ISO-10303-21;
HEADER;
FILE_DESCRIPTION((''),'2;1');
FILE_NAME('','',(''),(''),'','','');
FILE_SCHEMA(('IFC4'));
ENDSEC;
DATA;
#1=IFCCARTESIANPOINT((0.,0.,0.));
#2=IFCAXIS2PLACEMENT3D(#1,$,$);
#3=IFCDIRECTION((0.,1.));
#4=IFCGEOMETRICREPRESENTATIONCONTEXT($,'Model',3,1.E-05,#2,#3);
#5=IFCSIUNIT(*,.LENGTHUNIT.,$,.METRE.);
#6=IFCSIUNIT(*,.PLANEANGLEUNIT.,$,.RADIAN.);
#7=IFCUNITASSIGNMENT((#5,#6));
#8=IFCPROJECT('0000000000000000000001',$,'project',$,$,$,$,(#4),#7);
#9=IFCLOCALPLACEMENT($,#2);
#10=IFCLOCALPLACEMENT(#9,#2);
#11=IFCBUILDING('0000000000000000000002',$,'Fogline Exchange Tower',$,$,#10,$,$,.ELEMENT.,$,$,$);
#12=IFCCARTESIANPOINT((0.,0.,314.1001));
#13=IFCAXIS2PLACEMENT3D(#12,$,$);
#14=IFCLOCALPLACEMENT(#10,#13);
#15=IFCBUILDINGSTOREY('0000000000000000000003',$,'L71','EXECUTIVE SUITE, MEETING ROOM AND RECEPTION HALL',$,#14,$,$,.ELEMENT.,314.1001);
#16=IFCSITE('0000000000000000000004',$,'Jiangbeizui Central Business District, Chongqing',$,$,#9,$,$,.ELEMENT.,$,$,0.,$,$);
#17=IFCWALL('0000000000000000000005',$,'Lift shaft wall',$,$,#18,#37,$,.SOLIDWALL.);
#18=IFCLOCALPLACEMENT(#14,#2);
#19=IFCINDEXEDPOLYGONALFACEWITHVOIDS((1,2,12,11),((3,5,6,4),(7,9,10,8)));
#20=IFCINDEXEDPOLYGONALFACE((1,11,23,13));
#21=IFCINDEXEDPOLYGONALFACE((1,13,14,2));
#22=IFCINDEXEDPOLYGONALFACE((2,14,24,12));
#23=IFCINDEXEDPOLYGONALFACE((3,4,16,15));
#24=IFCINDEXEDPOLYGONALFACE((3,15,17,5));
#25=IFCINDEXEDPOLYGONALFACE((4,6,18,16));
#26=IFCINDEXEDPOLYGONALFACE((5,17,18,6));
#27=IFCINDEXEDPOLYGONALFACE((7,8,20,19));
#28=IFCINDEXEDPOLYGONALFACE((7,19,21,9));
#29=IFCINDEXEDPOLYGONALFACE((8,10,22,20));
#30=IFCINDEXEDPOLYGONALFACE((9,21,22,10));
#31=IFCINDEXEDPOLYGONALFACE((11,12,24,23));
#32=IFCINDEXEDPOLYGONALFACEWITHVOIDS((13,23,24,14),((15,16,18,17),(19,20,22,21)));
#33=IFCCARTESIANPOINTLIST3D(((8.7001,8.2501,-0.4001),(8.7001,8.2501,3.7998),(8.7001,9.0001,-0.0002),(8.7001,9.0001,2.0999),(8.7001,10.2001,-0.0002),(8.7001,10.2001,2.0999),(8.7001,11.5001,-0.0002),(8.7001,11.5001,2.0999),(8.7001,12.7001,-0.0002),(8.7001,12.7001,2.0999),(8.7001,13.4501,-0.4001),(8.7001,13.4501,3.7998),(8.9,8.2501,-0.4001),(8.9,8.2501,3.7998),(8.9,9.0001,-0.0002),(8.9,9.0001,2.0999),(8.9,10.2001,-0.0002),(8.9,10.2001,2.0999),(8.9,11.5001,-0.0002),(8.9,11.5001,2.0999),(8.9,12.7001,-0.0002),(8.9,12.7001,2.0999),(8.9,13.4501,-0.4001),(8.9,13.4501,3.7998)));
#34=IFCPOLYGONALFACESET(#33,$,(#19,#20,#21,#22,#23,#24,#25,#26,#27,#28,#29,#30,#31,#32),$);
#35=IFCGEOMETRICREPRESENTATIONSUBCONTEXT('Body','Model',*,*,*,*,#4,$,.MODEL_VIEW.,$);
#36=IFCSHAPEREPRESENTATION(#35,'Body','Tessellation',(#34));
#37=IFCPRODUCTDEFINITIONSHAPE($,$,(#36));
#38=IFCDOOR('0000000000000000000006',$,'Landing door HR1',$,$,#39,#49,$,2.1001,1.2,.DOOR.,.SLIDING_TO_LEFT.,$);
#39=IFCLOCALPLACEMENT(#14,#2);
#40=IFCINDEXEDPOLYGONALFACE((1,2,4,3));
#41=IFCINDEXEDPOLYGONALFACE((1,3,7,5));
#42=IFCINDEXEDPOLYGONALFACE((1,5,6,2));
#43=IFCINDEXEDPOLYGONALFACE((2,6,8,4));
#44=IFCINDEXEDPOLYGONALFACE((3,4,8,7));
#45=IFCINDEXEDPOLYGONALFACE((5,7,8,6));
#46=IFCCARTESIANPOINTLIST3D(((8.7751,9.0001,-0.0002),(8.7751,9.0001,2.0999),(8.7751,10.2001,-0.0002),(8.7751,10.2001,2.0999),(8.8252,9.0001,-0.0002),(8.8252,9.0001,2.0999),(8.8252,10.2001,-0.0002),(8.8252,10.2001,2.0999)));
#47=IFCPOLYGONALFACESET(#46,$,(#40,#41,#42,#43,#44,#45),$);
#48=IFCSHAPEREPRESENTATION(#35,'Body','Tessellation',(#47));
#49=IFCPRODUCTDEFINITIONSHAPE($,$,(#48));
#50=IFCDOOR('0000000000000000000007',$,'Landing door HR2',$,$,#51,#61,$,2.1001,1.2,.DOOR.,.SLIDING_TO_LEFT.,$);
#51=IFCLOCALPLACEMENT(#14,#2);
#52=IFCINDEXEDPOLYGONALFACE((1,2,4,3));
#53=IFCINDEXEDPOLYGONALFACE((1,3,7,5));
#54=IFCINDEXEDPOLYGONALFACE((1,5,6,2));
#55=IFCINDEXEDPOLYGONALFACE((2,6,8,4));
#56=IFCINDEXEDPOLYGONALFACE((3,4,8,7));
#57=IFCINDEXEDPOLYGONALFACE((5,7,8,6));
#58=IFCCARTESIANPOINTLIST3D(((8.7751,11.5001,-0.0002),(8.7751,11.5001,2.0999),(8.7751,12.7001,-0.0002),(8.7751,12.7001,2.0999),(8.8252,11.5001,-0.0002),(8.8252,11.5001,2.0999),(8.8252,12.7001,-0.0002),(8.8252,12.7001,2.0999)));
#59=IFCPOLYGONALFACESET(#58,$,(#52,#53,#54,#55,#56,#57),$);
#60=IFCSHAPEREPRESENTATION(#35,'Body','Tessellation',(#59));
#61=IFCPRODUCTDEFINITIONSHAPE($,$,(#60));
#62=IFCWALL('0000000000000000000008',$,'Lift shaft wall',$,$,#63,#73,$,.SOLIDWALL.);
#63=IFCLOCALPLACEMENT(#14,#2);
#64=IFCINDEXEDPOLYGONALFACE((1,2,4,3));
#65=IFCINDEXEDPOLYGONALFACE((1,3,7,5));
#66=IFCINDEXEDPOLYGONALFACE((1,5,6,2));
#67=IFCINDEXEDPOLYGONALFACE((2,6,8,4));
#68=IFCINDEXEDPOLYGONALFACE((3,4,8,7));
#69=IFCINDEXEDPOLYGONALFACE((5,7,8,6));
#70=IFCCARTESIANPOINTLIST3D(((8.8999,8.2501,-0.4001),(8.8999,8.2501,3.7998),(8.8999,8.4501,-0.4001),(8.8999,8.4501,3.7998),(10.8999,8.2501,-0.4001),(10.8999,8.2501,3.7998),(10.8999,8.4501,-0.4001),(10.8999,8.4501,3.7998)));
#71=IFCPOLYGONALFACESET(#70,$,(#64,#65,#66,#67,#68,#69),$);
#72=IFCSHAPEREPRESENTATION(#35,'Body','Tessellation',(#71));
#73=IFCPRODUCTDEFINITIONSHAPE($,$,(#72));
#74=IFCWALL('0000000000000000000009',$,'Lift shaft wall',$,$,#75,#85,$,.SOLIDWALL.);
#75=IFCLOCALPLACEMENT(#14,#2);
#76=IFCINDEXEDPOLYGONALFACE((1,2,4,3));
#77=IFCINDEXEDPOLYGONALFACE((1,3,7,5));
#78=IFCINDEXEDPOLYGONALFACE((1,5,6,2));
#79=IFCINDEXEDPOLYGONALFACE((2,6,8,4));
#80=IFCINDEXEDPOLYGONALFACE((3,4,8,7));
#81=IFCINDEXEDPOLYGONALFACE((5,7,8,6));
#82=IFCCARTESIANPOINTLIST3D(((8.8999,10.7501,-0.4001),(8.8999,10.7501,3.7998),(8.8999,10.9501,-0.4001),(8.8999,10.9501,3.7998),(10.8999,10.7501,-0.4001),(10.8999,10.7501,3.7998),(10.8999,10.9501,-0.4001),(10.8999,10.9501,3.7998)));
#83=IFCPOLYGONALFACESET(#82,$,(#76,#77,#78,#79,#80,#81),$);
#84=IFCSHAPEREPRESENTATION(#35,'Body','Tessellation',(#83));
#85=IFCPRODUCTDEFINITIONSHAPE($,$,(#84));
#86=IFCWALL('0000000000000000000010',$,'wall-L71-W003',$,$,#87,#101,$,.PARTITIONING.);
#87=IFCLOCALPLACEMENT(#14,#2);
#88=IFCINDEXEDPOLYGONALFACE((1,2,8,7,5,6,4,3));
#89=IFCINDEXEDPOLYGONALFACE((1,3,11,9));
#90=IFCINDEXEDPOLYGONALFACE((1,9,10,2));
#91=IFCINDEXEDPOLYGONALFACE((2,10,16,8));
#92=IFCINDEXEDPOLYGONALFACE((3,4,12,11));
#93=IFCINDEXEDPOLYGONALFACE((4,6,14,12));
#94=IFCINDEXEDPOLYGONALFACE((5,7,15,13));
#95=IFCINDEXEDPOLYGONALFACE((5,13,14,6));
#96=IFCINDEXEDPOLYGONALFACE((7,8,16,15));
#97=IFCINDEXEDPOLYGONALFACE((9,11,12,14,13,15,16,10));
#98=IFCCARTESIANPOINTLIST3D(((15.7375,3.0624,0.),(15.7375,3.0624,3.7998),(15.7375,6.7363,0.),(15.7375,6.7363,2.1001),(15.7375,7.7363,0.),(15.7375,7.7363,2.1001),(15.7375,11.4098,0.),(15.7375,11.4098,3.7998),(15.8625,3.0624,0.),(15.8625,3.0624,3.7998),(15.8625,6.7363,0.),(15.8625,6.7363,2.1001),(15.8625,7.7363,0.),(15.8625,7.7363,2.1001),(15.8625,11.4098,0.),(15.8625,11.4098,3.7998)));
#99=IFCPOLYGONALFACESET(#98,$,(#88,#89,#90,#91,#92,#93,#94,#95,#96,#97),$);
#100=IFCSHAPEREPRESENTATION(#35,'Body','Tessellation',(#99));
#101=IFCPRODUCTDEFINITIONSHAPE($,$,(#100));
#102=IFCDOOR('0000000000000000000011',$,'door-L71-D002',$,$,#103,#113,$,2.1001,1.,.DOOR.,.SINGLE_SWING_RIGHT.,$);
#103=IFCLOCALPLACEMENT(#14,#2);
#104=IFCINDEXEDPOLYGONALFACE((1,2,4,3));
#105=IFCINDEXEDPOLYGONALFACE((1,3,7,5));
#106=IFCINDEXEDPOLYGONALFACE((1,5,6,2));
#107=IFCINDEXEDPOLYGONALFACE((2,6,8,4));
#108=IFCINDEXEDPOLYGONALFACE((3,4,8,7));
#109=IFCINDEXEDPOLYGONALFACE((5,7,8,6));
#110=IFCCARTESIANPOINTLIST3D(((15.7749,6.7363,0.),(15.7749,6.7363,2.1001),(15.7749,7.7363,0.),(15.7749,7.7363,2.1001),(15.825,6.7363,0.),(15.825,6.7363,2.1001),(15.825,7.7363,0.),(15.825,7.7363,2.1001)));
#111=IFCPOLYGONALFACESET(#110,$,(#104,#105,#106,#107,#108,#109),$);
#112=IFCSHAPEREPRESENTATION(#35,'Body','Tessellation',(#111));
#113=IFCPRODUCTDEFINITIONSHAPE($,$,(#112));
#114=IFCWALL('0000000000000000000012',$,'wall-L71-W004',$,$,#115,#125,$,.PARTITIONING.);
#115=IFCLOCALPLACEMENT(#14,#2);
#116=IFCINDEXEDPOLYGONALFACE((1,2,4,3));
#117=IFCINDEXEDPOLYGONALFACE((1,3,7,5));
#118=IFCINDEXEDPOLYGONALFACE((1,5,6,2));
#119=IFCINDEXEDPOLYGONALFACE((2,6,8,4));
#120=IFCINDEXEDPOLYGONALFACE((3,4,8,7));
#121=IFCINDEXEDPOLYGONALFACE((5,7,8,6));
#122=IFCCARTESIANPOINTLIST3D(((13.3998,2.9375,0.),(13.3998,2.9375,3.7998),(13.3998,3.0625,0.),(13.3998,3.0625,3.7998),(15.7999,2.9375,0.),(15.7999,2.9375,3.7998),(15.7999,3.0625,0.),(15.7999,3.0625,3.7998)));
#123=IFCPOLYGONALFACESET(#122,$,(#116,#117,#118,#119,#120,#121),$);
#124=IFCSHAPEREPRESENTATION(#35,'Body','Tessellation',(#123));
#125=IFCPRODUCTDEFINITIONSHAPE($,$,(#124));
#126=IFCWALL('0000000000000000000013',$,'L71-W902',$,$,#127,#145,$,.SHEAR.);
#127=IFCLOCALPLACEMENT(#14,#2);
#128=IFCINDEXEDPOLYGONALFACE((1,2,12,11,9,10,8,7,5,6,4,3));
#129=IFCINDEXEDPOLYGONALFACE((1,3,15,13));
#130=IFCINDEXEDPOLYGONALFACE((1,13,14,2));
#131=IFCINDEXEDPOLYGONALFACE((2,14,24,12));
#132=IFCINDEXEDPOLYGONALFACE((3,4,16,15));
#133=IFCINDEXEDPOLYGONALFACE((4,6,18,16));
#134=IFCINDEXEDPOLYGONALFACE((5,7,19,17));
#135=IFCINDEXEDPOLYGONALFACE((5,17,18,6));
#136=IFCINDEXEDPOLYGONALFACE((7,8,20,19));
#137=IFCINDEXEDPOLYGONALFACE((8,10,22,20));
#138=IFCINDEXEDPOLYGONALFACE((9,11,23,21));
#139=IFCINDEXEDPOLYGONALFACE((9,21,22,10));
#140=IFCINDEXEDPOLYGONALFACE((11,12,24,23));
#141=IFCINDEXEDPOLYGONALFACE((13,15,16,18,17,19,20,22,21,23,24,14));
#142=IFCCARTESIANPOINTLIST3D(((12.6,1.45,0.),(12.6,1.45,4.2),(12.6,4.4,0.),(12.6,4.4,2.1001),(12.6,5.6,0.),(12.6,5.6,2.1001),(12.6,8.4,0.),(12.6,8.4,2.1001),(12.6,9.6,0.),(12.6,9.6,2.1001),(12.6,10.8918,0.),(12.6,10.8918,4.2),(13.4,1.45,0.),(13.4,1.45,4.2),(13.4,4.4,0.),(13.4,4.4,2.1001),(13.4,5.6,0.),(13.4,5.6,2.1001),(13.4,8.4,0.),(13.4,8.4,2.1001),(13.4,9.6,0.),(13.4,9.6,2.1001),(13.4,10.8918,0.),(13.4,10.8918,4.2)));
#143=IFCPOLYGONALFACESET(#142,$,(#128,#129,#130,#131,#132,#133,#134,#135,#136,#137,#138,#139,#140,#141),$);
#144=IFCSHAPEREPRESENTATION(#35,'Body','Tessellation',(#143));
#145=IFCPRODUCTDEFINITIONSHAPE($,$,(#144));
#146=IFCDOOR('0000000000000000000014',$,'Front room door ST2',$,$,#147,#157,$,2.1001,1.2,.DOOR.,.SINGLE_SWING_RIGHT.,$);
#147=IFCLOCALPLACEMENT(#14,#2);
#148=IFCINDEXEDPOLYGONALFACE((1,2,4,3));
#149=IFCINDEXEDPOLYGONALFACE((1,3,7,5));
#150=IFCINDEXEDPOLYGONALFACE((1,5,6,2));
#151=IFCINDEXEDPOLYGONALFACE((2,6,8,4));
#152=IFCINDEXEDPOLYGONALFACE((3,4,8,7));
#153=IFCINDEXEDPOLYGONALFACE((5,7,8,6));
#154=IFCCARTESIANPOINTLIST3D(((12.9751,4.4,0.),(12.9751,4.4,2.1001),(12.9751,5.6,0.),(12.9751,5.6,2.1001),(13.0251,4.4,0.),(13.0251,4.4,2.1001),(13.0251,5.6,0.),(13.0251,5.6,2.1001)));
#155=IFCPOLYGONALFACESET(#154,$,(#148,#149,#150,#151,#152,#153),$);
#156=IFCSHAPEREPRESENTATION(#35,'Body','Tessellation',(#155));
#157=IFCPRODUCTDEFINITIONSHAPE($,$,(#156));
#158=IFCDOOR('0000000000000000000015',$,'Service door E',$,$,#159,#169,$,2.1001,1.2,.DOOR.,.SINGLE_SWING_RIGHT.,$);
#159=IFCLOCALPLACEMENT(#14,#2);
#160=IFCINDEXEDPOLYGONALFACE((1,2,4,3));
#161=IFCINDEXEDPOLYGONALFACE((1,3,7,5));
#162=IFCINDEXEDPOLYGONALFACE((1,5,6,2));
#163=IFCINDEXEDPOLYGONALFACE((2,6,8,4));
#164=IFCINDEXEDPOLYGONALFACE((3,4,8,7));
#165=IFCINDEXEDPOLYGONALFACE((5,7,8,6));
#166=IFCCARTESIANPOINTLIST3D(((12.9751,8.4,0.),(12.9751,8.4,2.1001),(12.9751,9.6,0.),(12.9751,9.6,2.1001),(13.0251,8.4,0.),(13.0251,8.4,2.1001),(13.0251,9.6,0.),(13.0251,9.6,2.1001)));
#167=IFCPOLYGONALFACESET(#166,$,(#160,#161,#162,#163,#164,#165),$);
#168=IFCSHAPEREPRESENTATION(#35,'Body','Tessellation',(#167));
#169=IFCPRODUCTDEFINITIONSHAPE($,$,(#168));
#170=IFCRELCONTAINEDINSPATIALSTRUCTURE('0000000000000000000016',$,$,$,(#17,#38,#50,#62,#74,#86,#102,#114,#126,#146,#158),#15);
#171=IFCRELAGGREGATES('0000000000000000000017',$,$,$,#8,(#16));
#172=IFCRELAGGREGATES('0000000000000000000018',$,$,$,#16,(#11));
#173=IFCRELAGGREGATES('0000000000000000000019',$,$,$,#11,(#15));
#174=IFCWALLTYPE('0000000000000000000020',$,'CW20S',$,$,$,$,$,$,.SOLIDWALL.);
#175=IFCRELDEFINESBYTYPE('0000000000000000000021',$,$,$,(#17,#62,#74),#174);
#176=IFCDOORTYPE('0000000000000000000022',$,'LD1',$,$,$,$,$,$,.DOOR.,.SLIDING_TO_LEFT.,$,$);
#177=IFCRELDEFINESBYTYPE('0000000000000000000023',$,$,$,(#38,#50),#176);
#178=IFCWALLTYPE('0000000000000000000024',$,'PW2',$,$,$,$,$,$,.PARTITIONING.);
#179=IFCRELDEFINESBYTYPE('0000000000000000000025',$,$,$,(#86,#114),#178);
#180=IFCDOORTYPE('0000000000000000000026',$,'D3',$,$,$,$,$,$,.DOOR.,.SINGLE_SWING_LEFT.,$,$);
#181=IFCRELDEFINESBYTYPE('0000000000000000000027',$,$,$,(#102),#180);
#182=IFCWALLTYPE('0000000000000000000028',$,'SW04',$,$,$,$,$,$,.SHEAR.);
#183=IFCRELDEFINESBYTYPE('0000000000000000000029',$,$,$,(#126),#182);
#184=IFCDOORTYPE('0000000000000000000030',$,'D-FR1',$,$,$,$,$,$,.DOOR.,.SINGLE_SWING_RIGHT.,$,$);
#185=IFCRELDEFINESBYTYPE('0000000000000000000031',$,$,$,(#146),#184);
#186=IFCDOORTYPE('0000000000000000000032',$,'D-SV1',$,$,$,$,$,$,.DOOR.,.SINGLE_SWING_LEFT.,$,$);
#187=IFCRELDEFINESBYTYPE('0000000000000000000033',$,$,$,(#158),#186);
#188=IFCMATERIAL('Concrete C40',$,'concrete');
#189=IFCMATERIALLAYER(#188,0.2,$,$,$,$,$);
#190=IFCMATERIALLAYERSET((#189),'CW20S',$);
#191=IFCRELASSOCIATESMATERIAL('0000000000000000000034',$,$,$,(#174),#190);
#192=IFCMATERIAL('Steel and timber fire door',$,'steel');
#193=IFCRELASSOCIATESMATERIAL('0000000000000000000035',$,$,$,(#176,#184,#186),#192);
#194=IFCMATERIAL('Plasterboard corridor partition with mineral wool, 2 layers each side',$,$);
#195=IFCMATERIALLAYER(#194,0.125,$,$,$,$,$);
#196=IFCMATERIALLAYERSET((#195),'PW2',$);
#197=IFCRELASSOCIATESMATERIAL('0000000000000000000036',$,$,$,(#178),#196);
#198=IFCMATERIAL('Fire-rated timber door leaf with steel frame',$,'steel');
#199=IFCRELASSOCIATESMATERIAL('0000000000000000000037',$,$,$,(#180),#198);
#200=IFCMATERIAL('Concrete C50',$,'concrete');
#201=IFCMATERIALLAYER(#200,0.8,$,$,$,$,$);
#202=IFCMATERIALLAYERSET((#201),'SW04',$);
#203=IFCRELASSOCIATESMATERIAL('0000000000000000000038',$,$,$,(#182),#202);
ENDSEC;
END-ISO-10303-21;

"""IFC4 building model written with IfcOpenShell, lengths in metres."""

from ifc_helpers import new_model, si_unit, direction, frame, frame_2d, origin, place, context, subcontext, project, spatial, rectangle, extrude, material, layer, layer_set, type_object, element, fill, save


model = new_model("IFC4")

# Units and contexts
model_context = context("Model", 3, precision=1e-05, world=origin(), true_north=direction((0.0, 1.0)))
body_context = subcontext(model_context, "Body", "Model", "MODEL_VIEW")
ifc_project = project(units=[si_unit("LENGTHUNIT", "METRE"), si_unit("PLANEANGLEUNIT", "RADIAN")], contexts=[model_context])

# Site, building, storey
site_placement = place(None, origin())
site = spatial("IfcSite", under=ifc_project, at=site_placement, Name="Jiangbeizui Central Business District, Chongqing", CompositionType="ELEMENT", RefElevation=0.0)
building_placement = place(site_placement, origin())
building = spatial("IfcBuilding", under=site, at=building_placement, Name="Fogline Exchange Tower", CompositionType="ELEMENT")
storey_placement = place(building_placement, frame((0.0, 0.0, 314.1001)))
storey = spatial("IfcBuildingStorey", under=building, at=storey_placement, Name="L71", Description="EXECUTIVE SUITE, MEETING ROOM AND RECEPTION HALL", CompositionType="ELEMENT", Elevation=314.1001)

# Shared definitions
ifc_material_1 = material(Name="Concrete C40", Category="concrete")

# Shared definitions
ifc_material_2 = material(Name="Steel and timber fire door", Category="steel")

# Wall, openings, doors
ifc_layer_1 = layer(ifc_material_1, 0.2)
ifc_layer_set_1 = layer_set([ifc_layer_1], Name="CW20S")
wall_type_1 = type_object("IfcWallType", Name="CW20S", PredefinedType="SOLIDWALL", material=ifc_layer_set_1)
wall_1_placement = place(storey_placement, frame((8.8, 8.25, -0.4001), z_axis=(0.0, 0.0, 1.0), x_axis=(0.0, 1.0, 0.0)))
wall_1 = element("IfcWall", 1, at=wall_1_placement, inside=storey, type_object=wall_type_1, Name="Lift shaft wall", PredefinedType="SOLIDWALL", context=body_context, shape_type="SweptSolid", body=[
    extrude(rectangle(XDim=5.2, YDim=0.2, at=frame_2d((2.6001, 0.0))), origin(), (0.0, 0.0, 1.0), 4.2),
])
opening_1_placement = place(wall_1_placement, frame((0.75, 0.0, 0.3999)))
opening_1 = element("IfcOpeningElement", 2, at=opening_1_placement, cuts=wall_1, PredefinedType="OPENING", context=body_context, shape_type="SweptSolid", body=[
    extrude(rectangle(XDim=1.2, YDim=2.1001, at=frame_2d((0.6001, 1.05))), frame((0.0, 0.1099, 0.0), z_axis=(0.0, -1.0, 0.0), x_axis=(1.0, 0.0, 0.0)), (0.0, 0.0, 1.0), 0.22),
])
opening_2_placement = place(wall_1_placement, frame((3.25, 0.0, 0.3999)))
opening_2 = element("IfcOpeningElement", 3, at=opening_2_placement, cuts=wall_1, PredefinedType="OPENING", context=body_context, shape_type="SweptSolid", body=[
    extrude(rectangle(XDim=1.2, YDim=2.1001, at=frame_2d((0.6001, 1.05))), frame((0.0, 0.1099, 0.0), z_axis=(0.0, -1.0, 0.0), x_axis=(1.0, 0.0, 0.0)), (0.0, 0.0, 1.0), 0.22),
])
door_type_1 = type_object("IfcDoorType", Name="LD1", OperationType="SLIDING_TO_LEFT", PredefinedType="DOOR", material=ifc_material_2)
door_1_placement = place(opening_1_placement, origin())
door_1 = element("IfcDoor", 4, at=door_1_placement, inside=storey, type_object=door_type_1, Name="Landing door HR1", OperationType="SLIDING_TO_LEFT", OverallHeight=2.1001, OverallWidth=1.2, PredefinedType="DOOR", context=body_context, shape_type="SweptSolid", body=[
    extrude(rectangle(XDim=1.2, YDim=2.1001, at=frame_2d((0.6001, 1.05))), frame((0.0, 0.0249, 0.0), z_axis=(0.0, -1.0, 0.0), x_axis=(1.0, 0.0, 0.0)), (0.0, 0.0, 1.0), 0.05),
])
fill(opening_1, door_1)
door_2_placement = place(opening_2_placement, origin())
door_2 = element("IfcDoor", 5, at=door_2_placement, inside=storey, type_object=door_type_1, Name="Landing door HR2", OperationType="SLIDING_TO_LEFT", OverallHeight=2.1001, OverallWidth=1.2, PredefinedType="DOOR", context=body_context, shape_type="SweptSolid", body=[
    extrude(rectangle(XDim=1.2, YDim=2.1001, at=frame_2d((0.6001, 1.05))), frame((0.0, 0.0249, 0.0), z_axis=(0.0, -1.0, 0.0), x_axis=(1.0, 0.0, 0.0)), (0.0, 0.0, 1.0), 0.05),
])
fill(opening_2, door_2)

# Walls
for number, where, z_axis, x_axis, name in (
    (6, (8.8999, 8.3501, -0.4001), (0.0, 0.0, 1.0), (1.0, 0.0, 0.0), "Lift shaft wall"),
    (7, (8.8999, 10.8501, -0.4001), (0.0, 0.0, 1.0), (1.0, 0.0, 0.0), "Lift shaft wall"),
):
    element("IfcWall", number, at=place(storey_placement, frame(where, z_axis=z_axis, x_axis=x_axis)), inside=storey, type_object=wall_type_1, Name=name, PredefinedType="SOLIDWALL", context=body_context, shape_type="SweptSolid", body=[
        extrude(rectangle(XDim=2.0, YDim=0.2, at=frame_2d((1.0, 0.0))), origin(), (0.0, 0.0, 1.0), 4.2),
    ])

# Wall, opening, door
ifc_material_3 = material(Name="Plasterboard corridor partition with mineral wool, 2 layers each side")
ifc_layer_2 = layer(ifc_material_3, 0.125)
ifc_layer_set_2 = layer_set([ifc_layer_2], Name="PW2")
wall_type_2 = type_object("IfcWallType", Name="PW2", PredefinedType="PARTITIONING", material=ifc_layer_set_2)
wall_2_placement = place(storey_placement, frame((15.8, 11.4099, 0.0), z_axis=(0.0, 0.0, 1.0), x_axis=(0.0, -1.0, 0.0)))
wall_2 = element("IfcWall", 8, at=wall_2_placement, inside=storey, type_object=wall_type_2, Name="wall-L71-W003", PredefinedType="PARTITIONING", context=body_context, shape_type="SweptSolid", body=[
    extrude(rectangle(XDim=8.3474, YDim=0.125, at=frame_2d((4.1738, 0.0))), origin(), (0.0, 0.0, 1.0), 3.7998),
])
opening_3_placement = place(wall_2_placement, frame((3.6736, 0.0, 0.0)))
opening_3 = element("IfcOpeningElement", 9, at=opening_3_placement, cuts=wall_2, PredefinedType="OPENING", context=body_context, shape_type="SweptSolid", body=[
    extrude(rectangle(XDim=1.0, YDim=2.1001, at=frame_2d((0.5, 1.05))), frame((0.0, 0.0725, 0.0), z_axis=(0.0, -1.0, 0.0), x_axis=(1.0, 0.0, 0.0)), (0.0, 0.0, 1.0), 0.145),
])
ifc_material_4 = material(Name="Fire-rated timber door leaf with steel frame", Category="steel")
door_type_2 = type_object("IfcDoorType", Name="D3", OperationType="SINGLE_SWING_LEFT", PredefinedType="DOOR", material=ifc_material_4)
door_3_placement = place(opening_3_placement, origin())
door_3 = element("IfcDoor", 10, at=door_3_placement, inside=storey, type_object=door_type_2, Name="door-L71-D002", OperationType="SINGLE_SWING_RIGHT", OverallHeight=2.1001, OverallWidth=1.0, PredefinedType="DOOR", context=body_context, shape_type="SweptSolid", body=[
    extrude(rectangle(XDim=1.0, YDim=2.1001, at=frame_2d((0.5, 1.05))), frame((0.0, 0.0249, 0.0), z_axis=(0.0, -1.0, 0.0), x_axis=(1.0, 0.0, 0.0)), (0.0, 0.0, 1.0), 0.05),
])
fill(opening_3, door_3)

# Wall
wall_3_placement = place(storey_placement, frame((15.8, 3.0, 0.0), z_axis=(0.0, 0.0, 1.0), x_axis=(-1.0, 0.0, 0.0)))
element("IfcWall", 11, at=wall_3_placement, inside=storey, type_object=wall_type_2, Name="wall-L71-W004", PredefinedType="PARTITIONING", context=body_context, shape_type="SweptSolid", body=[
    extrude(rectangle(XDim=2.4001, YDim=0.125, at=frame_2d((1.2002, 0.0))), origin(), (0.0, 0.0, 1.0), 3.7998),
])

# Wall, openings, doors
ifc_material_5 = material(Name="Concrete C50", Category="concrete")
ifc_layer_3 = layer(ifc_material_5, 0.8)
ifc_layer_set_3 = layer_set([ifc_layer_3], Name="SW04")
wall_type_3 = type_object("IfcWallType", Name="SW04", PredefinedType="SHEAR", material=ifc_layer_set_3)
wall_4_placement = place(storey_placement, frame((13.0, 1.45, 0.0), z_axis=(0.0, 0.0, 1.0), x_axis=(0.0, 1.0, 0.0)))
wall_4 = element("IfcWall", 12, at=wall_4_placement, inside=storey, type_object=wall_type_3, Name="L71-W902", PredefinedType="SHEAR", context=body_context, shape_type="SweptSolid", body=[
    extrude(rectangle(XDim=9.4419, YDim=0.8, at=frame_2d((4.7209, 0.0))), origin(), (0.0, 0.0, 1.0), 4.2),
])
opening_4_placement = place(wall_4_placement, frame((2.95, 0.0, 0.0)))
opening_4 = element("IfcOpeningElement", 13, at=opening_4_placement, cuts=wall_4, PredefinedType="OPENING", context=body_context, shape_type="SweptSolid", body=[
    extrude(rectangle(XDim=1.2, YDim=2.1001, at=frame_2d((0.6001, 1.05))), frame((0.0, 0.4102, 0.0), z_axis=(0.0, -1.0, 0.0), x_axis=(1.0, 0.0, 0.0)), (0.0, 0.0, 1.0), 0.8201),
])
opening_5_placement = place(wall_4_placement, frame((6.95, 0.0, 0.0)))
opening_5 = element("IfcOpeningElement", 14, at=opening_5_placement, cuts=wall_4, PredefinedType="OPENING", context=body_context, shape_type="SweptSolid", body=[
    extrude(rectangle(XDim=1.2, YDim=2.1001, at=frame_2d((0.6001, 1.05))), frame((0.0, 0.4102, 0.0), z_axis=(0.0, -1.0, 0.0), x_axis=(1.0, 0.0, 0.0)), (0.0, 0.0, 1.0), 0.8201),
])
door_type_3 = type_object("IfcDoorType", Name="D-FR1", OperationType="SINGLE_SWING_RIGHT", PredefinedType="DOOR", material=ifc_material_2)
door_4_placement = place(opening_4_placement, origin())
door_4 = element("IfcDoor", 15, at=door_4_placement, inside=storey, type_object=door_type_3, Name="Front room door ST2", OperationType="SINGLE_SWING_RIGHT", OverallHeight=2.1001, OverallWidth=1.2, PredefinedType="DOOR", context=body_context, shape_type="SweptSolid", body=[
    extrude(rectangle(XDim=1.2, YDim=2.1001, at=frame_2d((0.6001, 1.05))), frame((0.0, 0.0249, 0.0), z_axis=(0.0, -1.0, 0.0), x_axis=(1.0, 0.0, 0.0)), (0.0, 0.0, 1.0), 0.05),
])
fill(opening_4, door_4)
door_type_4 = type_object("IfcDoorType", Name="D-SV1", OperationType="SINGLE_SWING_LEFT", PredefinedType="DOOR", material=ifc_material_2)
door_5_placement = place(opening_5_placement, origin())
door_5 = element("IfcDoor", 16, at=door_5_placement, inside=storey, type_object=door_type_4, Name="Service door E", OperationType="SINGLE_SWING_RIGHT", OverallHeight=2.1001, OverallWidth=1.2, PredefinedType="DOOR", context=body_context, shape_type="SweptSolid", body=[
    extrude(rectangle(XDim=1.2, YDim=2.1001, at=frame_2d((0.6001, 1.05))), frame((0.0, 0.0249, 0.0), z_axis=(0.0, -1.0, 0.0), x_axis=(1.0, 0.0, 0.0)), (0.0, 0.0, 1.0), 0.05),
])
fill(opening_5, door_5)

save(model, "model.ifc")
